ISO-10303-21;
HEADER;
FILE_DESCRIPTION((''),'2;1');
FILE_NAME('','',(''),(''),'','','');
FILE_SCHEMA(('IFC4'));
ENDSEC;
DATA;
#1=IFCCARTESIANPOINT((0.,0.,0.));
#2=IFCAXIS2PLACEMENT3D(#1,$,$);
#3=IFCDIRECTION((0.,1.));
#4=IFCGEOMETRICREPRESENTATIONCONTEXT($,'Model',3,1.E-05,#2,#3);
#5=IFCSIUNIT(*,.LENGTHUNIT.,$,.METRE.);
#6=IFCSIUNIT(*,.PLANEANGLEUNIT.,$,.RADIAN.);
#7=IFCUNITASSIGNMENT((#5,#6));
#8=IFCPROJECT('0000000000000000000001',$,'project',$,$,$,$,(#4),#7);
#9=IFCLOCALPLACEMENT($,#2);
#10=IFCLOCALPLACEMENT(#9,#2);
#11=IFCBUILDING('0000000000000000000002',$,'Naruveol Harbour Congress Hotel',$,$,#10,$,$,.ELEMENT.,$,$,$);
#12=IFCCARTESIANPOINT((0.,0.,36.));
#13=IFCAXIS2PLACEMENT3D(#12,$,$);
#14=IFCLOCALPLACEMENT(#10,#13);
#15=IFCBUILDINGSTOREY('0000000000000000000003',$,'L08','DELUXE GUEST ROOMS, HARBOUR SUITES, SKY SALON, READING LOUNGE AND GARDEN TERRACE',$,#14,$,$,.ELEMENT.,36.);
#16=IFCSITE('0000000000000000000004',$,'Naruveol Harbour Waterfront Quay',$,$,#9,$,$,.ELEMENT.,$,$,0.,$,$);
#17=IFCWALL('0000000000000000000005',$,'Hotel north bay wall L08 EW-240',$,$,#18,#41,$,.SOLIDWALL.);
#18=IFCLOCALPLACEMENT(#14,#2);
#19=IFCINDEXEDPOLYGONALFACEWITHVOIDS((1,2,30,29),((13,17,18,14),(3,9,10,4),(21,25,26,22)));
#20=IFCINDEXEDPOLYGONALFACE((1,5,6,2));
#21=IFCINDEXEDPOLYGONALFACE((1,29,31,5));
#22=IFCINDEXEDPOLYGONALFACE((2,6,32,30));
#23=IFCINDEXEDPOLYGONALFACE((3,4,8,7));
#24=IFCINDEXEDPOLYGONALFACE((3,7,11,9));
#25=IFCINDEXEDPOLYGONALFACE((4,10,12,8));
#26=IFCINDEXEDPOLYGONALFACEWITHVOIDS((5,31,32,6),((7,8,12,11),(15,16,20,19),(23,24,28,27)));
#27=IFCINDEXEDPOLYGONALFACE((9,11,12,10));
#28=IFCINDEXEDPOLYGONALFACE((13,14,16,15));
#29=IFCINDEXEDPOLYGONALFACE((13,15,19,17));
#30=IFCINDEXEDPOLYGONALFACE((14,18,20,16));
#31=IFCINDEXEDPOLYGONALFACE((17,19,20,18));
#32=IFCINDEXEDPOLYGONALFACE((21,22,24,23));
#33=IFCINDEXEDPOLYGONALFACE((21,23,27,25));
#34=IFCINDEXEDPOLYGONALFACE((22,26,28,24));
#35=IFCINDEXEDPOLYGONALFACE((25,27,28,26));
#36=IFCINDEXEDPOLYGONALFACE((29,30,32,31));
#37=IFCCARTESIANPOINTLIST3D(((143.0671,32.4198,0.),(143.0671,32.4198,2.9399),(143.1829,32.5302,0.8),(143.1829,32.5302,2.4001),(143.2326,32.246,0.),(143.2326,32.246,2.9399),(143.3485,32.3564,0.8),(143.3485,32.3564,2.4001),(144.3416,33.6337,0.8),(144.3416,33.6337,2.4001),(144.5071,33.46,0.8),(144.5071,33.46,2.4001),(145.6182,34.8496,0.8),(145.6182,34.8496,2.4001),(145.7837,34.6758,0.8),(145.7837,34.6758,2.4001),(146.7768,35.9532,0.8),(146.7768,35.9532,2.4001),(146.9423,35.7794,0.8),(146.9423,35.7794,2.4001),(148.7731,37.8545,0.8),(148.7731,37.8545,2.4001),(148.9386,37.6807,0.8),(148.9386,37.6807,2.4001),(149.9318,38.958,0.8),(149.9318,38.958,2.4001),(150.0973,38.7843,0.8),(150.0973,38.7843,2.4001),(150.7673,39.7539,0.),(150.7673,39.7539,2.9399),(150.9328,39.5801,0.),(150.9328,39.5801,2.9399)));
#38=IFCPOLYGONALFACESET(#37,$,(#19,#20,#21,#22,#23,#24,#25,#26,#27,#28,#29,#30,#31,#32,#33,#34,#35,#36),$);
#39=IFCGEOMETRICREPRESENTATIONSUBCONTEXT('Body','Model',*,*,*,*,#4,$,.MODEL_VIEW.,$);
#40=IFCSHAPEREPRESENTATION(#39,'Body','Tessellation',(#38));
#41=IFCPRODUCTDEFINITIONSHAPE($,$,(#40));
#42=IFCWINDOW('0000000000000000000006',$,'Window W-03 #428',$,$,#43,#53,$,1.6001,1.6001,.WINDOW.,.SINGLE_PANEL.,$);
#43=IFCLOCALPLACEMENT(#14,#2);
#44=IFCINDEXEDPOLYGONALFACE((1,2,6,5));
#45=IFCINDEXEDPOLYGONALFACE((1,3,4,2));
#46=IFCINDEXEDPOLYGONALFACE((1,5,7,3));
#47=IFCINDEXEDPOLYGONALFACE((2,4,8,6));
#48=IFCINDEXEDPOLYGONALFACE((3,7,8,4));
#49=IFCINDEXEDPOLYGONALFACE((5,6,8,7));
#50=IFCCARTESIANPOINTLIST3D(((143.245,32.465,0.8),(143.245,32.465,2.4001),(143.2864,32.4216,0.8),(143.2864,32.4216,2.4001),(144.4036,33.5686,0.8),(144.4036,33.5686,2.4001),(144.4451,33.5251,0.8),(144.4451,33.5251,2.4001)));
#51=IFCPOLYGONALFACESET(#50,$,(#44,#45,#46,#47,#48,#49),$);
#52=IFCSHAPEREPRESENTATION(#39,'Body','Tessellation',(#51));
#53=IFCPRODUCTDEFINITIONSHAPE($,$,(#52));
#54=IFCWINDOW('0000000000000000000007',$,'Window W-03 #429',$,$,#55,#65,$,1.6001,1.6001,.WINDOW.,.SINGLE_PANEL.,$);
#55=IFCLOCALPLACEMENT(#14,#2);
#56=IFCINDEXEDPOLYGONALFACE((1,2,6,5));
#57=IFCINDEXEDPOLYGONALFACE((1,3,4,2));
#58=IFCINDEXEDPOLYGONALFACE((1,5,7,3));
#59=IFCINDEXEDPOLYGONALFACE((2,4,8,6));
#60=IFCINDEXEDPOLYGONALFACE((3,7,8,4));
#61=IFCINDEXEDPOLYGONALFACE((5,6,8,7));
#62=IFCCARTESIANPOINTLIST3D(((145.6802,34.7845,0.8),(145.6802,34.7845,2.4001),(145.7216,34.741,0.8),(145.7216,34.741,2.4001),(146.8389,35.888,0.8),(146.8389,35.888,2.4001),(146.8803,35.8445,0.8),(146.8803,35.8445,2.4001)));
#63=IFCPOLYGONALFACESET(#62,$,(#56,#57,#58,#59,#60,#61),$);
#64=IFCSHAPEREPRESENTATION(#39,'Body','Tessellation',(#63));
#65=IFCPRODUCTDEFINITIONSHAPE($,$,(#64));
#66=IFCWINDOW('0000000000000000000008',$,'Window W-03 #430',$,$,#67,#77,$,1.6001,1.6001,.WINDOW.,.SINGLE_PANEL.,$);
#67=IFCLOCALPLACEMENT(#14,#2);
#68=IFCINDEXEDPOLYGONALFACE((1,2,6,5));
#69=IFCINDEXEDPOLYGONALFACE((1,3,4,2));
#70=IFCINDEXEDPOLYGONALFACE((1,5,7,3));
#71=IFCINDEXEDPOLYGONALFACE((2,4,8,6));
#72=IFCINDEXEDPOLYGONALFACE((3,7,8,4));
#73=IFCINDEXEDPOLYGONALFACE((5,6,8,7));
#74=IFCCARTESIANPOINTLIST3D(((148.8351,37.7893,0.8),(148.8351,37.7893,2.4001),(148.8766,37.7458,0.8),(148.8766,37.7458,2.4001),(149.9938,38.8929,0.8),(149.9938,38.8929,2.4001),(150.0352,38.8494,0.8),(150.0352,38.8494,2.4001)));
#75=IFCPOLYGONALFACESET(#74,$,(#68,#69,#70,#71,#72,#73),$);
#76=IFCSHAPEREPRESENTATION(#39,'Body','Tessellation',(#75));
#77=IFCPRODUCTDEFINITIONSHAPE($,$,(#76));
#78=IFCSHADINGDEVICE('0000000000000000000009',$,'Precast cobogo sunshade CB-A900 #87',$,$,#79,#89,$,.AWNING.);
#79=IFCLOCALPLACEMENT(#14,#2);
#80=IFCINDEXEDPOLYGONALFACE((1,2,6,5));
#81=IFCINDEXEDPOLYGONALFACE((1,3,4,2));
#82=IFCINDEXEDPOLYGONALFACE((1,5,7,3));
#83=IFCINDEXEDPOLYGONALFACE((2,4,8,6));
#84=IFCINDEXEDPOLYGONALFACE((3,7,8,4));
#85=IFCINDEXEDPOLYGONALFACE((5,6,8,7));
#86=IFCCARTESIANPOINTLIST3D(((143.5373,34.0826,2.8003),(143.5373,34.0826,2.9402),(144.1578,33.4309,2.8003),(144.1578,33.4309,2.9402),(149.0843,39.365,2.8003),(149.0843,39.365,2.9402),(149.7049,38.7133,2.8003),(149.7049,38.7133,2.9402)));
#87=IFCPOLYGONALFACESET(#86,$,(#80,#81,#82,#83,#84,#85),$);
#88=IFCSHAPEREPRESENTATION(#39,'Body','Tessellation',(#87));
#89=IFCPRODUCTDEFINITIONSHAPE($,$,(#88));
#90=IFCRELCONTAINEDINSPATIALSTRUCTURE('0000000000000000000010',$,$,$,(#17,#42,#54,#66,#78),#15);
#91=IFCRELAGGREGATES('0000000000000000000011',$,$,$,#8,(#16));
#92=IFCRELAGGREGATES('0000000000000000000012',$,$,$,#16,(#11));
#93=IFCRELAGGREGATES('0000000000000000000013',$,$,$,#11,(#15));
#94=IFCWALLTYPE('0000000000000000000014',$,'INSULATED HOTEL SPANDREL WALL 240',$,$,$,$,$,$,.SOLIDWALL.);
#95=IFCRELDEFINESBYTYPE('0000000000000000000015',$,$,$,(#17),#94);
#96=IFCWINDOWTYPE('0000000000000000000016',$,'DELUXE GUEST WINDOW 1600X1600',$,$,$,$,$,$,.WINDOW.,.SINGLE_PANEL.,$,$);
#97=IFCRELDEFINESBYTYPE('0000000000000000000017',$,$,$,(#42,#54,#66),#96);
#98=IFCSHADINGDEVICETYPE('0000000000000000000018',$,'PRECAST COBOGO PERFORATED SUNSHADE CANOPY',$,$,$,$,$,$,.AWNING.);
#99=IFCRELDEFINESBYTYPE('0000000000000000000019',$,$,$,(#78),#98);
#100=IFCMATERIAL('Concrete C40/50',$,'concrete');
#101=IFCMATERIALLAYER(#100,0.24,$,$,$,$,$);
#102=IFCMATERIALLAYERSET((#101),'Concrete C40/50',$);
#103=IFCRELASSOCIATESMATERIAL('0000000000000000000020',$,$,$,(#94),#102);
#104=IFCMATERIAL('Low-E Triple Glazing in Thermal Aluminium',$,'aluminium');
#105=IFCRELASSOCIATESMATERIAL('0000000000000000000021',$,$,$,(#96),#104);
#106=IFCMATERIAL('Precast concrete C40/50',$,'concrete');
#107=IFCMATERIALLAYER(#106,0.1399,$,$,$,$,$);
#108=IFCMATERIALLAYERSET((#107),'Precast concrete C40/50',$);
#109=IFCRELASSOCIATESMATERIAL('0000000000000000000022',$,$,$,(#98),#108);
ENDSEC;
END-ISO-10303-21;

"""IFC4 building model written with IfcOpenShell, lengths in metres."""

from ifc_helpers import new_model, si_unit, direction, frame, frame_2d, origin, origin_2d, place, context, subcontext, project, spatial, rectangle, extrude, material, layer, layer_set, type_object, element, fill, save


model = new_model("IFC4")

# Units and contexts
model_context = context("Model", 3, precision=1e-05, world=origin(), true_north=direction((0.0, 1.0)))
body_context = subcontext(model_context, "Body", "Model", "MODEL_VIEW")
ifc_project = project(units=[si_unit("LENGTHUNIT", "METRE"), si_unit("PLANEANGLEUNIT", "RADIAN")], contexts=[model_context])

# Site, building, storey
site_placement = place(None, origin())
site = spatial("IfcSite", under=ifc_project, at=site_placement, Name="Naruveol Harbour Waterfront Quay", CompositionType="ELEMENT", RefElevation=0.0)
building_placement = place(site_placement, origin())
building = spatial("IfcBuilding", under=site, at=building_placement, Name="Naruveol Harbour Congress Hotel", CompositionType="ELEMENT")
storey_placement = place(building_placement, frame((0.0, 0.0, 36.0)))
storey = spatial("IfcBuildingStorey", under=building, at=storey_placement, Name="L08", Description="DELUXE GUEST ROOMS, HARBOUR SUITES, SKY SALON, READING LOUNGE AND GARDEN TERRACE", CompositionType="ELEMENT", Elevation=36.0)

# Wall, openings, windows
ifc_material_1 = material(Name="Concrete C40/50", Category="concrete")
ifc_layer_1 = layer(ifc_material_1, 0.24)
ifc_layer_set_1 = layer_set([ifc_layer_1], Name="Concrete C40/50")
wall_type_1 = type_object("IfcWallType", Name="INSULATED HOTEL SPANDREL WALL 240", PredefinedType="SOLIDWALL", material=ifc_layer_set_1)
wall_1_placement = place(storey_placement, frame((143.1499, 32.333, 0.0), z_axis=(0.0, 0.0, 1.0), x_axis=(0.724116, 0.689678, 0.0)))
wall_1 = element("IfcWall", 1, at=wall_1_placement, inside=storey, type_object=wall_type_1, Name="Hotel north bay wall L08 EW-240", PredefinedType="SOLIDWALL", context=body_context, shape_type="SweptSolid", body=[
    extrude(rectangle(XDim=10.634, YDim=0.24, at=frame_2d((5.3169, 0.0))), origin(), (0.0, 0.0, 1.0), 2.9399),
])
opening_1_placement = place(wall_1_placement, frame((0.1599, 0.0, 0.8)))
opening_1 = element("IfcOpeningElement", 2, at=opening_1_placement, cuts=wall_1, PredefinedType="OPENING", context=body_context, shape_type="SweptSolid", body=[
    extrude(rectangle(XDim=1.6001, YDim=1.6001, at=frame_2d((0.8, 0.8))), frame((0.0, 0.1299, 0.0), z_axis=(0.0, -1.0, 0.0), x_axis=(1.0, 0.0, 0.0)), (0.0, 0.0, 1.0), 0.26),
])
opening_2_placement = place(wall_1_placement, frame((3.5229, 0.0, 0.8)))
opening_2 = element("IfcOpeningElement", 3, at=opening_2_placement, cuts=wall_1, PredefinedType="OPENING", context=body_context, shape_type="SweptSolid", body=[
    extrude(rectangle(XDim=1.6001, YDim=1.6001, at=frame_2d((0.8, 0.8))), frame((0.0, 0.1299, 0.0), z_axis=(0.0, -1.0, 0.0), x_axis=(1.0, 0.0, 0.0)), (0.0, 0.0, 1.0), 0.26),
])
opening_3_placement = place(wall_1_placement, frame((7.8799, 0.0, 0.8)))
opening_3 = element("IfcOpeningElement", 4, at=opening_3_placement, cuts=wall_1, PredefinedType="OPENING", context=body_context, shape_type="SweptSolid", body=[
    extrude(rectangle(XDim=1.6001, YDim=1.6001, at=frame_2d((0.8, 0.8))), frame((0.0, 0.1299, 0.0), z_axis=(0.0, -1.0, 0.0), x_axis=(1.0, 0.0, 0.0)), (0.0, 0.0, 1.0), 0.26),
])
ifc_material_2 = material(Name="Low-E Triple Glazing in Thermal Aluminium", Category="aluminium")
window_type = type_object("IfcWindowType", Name="DELUXE GUEST WINDOW 1600X1600", PartitioningType="SINGLE_PANEL", PredefinedType="WINDOW", material=ifc_material_2)
window_1_placement = place(opening_1_placement, origin())
window_1 = element("IfcWindow", 5, at=window_1_placement, inside=storey, type_object=window_type, Name="Window W-03 #428", OverallHeight=1.6001, OverallWidth=1.6001, PartitioningType="SINGLE_PANEL", PredefinedType="WINDOW", context=body_context, shape_type="SweptSolid", body=[
    extrude(rectangle(XDim=1.6001, YDim=1.6001, at=frame_2d((0.8, 0.8))), frame((0.0, 0.03, 0.0), z_axis=(0.0, -1.0, 0.0), x_axis=(1.0, 0.0, 0.0)), (0.0, 0.0, 1.0), 0.0601),
])
fill(opening_1, window_1)
window_2_placement = place(opening_2_placement, origin())
window_2 = element("IfcWindow", 6, at=window_2_placement, inside=storey, type_object=window_type, Name="Window W-03 #429", OverallHeight=1.6001, OverallWidth=1.6001, PartitioningType="SINGLE_PANEL", PredefinedType="WINDOW", context=body_context, shape_type="SweptSolid", body=[
    extrude(rectangle(XDim=1.6001, YDim=1.6001, at=frame_2d((0.8, 0.8))), frame((0.0, 0.03, 0.0), z_axis=(0.0, -1.0, 0.0), x_axis=(1.0, 0.0, 0.0)), (0.0, 0.0, 1.0), 0.0601),
])
fill(opening_2, window_2)
window_3_placement = place(opening_3_placement, origin())
window_3 = element("IfcWindow", 7, at=window_3_placement, inside=storey, type_object=window_type, Name="Window W-03 #430", OverallHeight=1.6001, OverallWidth=1.6001, PartitioningType="SINGLE_PANEL", PredefinedType="WINDOW", context=body_context, shape_type="SweptSolid", body=[
    extrude(rectangle(XDim=1.6001, YDim=1.6001, at=frame_2d((0.8, 0.8))), frame((0.0, 0.03, 0.0), z_axis=(0.0, -1.0, 0.0), x_axis=(1.0, 0.0, 0.0)), (0.0, 0.0, 1.0), 0.0601),
])
fill(opening_3, window_3)

# Shading device
ifc_material_3 = material(Name="Precast concrete C40/50", Category="concrete")
ifc_layer_2 = layer(ifc_material_3, 0.1399)
ifc_layer_set_2 = layer_set([ifc_layer_2], Name="Precast concrete C40/50")
shading_device_type = type_object("IfcShadingDeviceType", Name="PRECAST COBOGO PERFORATED SUNSHADE CANOPY", PredefinedType="AWNING", material=ifc_layer_set_2)
shading_device_placement = place(storey_placement, frame((146.6211, 36.3979, 2.8003), z_axis=(0.0, 0.0, 1.0), x_axis=(0.724172, 0.68962, 0.0)))
element("IfcShadingDevice", 8, at=shading_device_placement, inside=storey, type_object=shading_device_type, Name="Precast cobogo sunshade CB-A900 #87", PredefinedType="AWNING", context=body_context, shape_type="SweptSolid", body=[
    extrude(rectangle(XDim=7.6599, YDim=0.8999, at=origin_2d()), origin(), (0.0, 0.0, 1.0), 0.1399),
])

save(model, "model.ifc")
